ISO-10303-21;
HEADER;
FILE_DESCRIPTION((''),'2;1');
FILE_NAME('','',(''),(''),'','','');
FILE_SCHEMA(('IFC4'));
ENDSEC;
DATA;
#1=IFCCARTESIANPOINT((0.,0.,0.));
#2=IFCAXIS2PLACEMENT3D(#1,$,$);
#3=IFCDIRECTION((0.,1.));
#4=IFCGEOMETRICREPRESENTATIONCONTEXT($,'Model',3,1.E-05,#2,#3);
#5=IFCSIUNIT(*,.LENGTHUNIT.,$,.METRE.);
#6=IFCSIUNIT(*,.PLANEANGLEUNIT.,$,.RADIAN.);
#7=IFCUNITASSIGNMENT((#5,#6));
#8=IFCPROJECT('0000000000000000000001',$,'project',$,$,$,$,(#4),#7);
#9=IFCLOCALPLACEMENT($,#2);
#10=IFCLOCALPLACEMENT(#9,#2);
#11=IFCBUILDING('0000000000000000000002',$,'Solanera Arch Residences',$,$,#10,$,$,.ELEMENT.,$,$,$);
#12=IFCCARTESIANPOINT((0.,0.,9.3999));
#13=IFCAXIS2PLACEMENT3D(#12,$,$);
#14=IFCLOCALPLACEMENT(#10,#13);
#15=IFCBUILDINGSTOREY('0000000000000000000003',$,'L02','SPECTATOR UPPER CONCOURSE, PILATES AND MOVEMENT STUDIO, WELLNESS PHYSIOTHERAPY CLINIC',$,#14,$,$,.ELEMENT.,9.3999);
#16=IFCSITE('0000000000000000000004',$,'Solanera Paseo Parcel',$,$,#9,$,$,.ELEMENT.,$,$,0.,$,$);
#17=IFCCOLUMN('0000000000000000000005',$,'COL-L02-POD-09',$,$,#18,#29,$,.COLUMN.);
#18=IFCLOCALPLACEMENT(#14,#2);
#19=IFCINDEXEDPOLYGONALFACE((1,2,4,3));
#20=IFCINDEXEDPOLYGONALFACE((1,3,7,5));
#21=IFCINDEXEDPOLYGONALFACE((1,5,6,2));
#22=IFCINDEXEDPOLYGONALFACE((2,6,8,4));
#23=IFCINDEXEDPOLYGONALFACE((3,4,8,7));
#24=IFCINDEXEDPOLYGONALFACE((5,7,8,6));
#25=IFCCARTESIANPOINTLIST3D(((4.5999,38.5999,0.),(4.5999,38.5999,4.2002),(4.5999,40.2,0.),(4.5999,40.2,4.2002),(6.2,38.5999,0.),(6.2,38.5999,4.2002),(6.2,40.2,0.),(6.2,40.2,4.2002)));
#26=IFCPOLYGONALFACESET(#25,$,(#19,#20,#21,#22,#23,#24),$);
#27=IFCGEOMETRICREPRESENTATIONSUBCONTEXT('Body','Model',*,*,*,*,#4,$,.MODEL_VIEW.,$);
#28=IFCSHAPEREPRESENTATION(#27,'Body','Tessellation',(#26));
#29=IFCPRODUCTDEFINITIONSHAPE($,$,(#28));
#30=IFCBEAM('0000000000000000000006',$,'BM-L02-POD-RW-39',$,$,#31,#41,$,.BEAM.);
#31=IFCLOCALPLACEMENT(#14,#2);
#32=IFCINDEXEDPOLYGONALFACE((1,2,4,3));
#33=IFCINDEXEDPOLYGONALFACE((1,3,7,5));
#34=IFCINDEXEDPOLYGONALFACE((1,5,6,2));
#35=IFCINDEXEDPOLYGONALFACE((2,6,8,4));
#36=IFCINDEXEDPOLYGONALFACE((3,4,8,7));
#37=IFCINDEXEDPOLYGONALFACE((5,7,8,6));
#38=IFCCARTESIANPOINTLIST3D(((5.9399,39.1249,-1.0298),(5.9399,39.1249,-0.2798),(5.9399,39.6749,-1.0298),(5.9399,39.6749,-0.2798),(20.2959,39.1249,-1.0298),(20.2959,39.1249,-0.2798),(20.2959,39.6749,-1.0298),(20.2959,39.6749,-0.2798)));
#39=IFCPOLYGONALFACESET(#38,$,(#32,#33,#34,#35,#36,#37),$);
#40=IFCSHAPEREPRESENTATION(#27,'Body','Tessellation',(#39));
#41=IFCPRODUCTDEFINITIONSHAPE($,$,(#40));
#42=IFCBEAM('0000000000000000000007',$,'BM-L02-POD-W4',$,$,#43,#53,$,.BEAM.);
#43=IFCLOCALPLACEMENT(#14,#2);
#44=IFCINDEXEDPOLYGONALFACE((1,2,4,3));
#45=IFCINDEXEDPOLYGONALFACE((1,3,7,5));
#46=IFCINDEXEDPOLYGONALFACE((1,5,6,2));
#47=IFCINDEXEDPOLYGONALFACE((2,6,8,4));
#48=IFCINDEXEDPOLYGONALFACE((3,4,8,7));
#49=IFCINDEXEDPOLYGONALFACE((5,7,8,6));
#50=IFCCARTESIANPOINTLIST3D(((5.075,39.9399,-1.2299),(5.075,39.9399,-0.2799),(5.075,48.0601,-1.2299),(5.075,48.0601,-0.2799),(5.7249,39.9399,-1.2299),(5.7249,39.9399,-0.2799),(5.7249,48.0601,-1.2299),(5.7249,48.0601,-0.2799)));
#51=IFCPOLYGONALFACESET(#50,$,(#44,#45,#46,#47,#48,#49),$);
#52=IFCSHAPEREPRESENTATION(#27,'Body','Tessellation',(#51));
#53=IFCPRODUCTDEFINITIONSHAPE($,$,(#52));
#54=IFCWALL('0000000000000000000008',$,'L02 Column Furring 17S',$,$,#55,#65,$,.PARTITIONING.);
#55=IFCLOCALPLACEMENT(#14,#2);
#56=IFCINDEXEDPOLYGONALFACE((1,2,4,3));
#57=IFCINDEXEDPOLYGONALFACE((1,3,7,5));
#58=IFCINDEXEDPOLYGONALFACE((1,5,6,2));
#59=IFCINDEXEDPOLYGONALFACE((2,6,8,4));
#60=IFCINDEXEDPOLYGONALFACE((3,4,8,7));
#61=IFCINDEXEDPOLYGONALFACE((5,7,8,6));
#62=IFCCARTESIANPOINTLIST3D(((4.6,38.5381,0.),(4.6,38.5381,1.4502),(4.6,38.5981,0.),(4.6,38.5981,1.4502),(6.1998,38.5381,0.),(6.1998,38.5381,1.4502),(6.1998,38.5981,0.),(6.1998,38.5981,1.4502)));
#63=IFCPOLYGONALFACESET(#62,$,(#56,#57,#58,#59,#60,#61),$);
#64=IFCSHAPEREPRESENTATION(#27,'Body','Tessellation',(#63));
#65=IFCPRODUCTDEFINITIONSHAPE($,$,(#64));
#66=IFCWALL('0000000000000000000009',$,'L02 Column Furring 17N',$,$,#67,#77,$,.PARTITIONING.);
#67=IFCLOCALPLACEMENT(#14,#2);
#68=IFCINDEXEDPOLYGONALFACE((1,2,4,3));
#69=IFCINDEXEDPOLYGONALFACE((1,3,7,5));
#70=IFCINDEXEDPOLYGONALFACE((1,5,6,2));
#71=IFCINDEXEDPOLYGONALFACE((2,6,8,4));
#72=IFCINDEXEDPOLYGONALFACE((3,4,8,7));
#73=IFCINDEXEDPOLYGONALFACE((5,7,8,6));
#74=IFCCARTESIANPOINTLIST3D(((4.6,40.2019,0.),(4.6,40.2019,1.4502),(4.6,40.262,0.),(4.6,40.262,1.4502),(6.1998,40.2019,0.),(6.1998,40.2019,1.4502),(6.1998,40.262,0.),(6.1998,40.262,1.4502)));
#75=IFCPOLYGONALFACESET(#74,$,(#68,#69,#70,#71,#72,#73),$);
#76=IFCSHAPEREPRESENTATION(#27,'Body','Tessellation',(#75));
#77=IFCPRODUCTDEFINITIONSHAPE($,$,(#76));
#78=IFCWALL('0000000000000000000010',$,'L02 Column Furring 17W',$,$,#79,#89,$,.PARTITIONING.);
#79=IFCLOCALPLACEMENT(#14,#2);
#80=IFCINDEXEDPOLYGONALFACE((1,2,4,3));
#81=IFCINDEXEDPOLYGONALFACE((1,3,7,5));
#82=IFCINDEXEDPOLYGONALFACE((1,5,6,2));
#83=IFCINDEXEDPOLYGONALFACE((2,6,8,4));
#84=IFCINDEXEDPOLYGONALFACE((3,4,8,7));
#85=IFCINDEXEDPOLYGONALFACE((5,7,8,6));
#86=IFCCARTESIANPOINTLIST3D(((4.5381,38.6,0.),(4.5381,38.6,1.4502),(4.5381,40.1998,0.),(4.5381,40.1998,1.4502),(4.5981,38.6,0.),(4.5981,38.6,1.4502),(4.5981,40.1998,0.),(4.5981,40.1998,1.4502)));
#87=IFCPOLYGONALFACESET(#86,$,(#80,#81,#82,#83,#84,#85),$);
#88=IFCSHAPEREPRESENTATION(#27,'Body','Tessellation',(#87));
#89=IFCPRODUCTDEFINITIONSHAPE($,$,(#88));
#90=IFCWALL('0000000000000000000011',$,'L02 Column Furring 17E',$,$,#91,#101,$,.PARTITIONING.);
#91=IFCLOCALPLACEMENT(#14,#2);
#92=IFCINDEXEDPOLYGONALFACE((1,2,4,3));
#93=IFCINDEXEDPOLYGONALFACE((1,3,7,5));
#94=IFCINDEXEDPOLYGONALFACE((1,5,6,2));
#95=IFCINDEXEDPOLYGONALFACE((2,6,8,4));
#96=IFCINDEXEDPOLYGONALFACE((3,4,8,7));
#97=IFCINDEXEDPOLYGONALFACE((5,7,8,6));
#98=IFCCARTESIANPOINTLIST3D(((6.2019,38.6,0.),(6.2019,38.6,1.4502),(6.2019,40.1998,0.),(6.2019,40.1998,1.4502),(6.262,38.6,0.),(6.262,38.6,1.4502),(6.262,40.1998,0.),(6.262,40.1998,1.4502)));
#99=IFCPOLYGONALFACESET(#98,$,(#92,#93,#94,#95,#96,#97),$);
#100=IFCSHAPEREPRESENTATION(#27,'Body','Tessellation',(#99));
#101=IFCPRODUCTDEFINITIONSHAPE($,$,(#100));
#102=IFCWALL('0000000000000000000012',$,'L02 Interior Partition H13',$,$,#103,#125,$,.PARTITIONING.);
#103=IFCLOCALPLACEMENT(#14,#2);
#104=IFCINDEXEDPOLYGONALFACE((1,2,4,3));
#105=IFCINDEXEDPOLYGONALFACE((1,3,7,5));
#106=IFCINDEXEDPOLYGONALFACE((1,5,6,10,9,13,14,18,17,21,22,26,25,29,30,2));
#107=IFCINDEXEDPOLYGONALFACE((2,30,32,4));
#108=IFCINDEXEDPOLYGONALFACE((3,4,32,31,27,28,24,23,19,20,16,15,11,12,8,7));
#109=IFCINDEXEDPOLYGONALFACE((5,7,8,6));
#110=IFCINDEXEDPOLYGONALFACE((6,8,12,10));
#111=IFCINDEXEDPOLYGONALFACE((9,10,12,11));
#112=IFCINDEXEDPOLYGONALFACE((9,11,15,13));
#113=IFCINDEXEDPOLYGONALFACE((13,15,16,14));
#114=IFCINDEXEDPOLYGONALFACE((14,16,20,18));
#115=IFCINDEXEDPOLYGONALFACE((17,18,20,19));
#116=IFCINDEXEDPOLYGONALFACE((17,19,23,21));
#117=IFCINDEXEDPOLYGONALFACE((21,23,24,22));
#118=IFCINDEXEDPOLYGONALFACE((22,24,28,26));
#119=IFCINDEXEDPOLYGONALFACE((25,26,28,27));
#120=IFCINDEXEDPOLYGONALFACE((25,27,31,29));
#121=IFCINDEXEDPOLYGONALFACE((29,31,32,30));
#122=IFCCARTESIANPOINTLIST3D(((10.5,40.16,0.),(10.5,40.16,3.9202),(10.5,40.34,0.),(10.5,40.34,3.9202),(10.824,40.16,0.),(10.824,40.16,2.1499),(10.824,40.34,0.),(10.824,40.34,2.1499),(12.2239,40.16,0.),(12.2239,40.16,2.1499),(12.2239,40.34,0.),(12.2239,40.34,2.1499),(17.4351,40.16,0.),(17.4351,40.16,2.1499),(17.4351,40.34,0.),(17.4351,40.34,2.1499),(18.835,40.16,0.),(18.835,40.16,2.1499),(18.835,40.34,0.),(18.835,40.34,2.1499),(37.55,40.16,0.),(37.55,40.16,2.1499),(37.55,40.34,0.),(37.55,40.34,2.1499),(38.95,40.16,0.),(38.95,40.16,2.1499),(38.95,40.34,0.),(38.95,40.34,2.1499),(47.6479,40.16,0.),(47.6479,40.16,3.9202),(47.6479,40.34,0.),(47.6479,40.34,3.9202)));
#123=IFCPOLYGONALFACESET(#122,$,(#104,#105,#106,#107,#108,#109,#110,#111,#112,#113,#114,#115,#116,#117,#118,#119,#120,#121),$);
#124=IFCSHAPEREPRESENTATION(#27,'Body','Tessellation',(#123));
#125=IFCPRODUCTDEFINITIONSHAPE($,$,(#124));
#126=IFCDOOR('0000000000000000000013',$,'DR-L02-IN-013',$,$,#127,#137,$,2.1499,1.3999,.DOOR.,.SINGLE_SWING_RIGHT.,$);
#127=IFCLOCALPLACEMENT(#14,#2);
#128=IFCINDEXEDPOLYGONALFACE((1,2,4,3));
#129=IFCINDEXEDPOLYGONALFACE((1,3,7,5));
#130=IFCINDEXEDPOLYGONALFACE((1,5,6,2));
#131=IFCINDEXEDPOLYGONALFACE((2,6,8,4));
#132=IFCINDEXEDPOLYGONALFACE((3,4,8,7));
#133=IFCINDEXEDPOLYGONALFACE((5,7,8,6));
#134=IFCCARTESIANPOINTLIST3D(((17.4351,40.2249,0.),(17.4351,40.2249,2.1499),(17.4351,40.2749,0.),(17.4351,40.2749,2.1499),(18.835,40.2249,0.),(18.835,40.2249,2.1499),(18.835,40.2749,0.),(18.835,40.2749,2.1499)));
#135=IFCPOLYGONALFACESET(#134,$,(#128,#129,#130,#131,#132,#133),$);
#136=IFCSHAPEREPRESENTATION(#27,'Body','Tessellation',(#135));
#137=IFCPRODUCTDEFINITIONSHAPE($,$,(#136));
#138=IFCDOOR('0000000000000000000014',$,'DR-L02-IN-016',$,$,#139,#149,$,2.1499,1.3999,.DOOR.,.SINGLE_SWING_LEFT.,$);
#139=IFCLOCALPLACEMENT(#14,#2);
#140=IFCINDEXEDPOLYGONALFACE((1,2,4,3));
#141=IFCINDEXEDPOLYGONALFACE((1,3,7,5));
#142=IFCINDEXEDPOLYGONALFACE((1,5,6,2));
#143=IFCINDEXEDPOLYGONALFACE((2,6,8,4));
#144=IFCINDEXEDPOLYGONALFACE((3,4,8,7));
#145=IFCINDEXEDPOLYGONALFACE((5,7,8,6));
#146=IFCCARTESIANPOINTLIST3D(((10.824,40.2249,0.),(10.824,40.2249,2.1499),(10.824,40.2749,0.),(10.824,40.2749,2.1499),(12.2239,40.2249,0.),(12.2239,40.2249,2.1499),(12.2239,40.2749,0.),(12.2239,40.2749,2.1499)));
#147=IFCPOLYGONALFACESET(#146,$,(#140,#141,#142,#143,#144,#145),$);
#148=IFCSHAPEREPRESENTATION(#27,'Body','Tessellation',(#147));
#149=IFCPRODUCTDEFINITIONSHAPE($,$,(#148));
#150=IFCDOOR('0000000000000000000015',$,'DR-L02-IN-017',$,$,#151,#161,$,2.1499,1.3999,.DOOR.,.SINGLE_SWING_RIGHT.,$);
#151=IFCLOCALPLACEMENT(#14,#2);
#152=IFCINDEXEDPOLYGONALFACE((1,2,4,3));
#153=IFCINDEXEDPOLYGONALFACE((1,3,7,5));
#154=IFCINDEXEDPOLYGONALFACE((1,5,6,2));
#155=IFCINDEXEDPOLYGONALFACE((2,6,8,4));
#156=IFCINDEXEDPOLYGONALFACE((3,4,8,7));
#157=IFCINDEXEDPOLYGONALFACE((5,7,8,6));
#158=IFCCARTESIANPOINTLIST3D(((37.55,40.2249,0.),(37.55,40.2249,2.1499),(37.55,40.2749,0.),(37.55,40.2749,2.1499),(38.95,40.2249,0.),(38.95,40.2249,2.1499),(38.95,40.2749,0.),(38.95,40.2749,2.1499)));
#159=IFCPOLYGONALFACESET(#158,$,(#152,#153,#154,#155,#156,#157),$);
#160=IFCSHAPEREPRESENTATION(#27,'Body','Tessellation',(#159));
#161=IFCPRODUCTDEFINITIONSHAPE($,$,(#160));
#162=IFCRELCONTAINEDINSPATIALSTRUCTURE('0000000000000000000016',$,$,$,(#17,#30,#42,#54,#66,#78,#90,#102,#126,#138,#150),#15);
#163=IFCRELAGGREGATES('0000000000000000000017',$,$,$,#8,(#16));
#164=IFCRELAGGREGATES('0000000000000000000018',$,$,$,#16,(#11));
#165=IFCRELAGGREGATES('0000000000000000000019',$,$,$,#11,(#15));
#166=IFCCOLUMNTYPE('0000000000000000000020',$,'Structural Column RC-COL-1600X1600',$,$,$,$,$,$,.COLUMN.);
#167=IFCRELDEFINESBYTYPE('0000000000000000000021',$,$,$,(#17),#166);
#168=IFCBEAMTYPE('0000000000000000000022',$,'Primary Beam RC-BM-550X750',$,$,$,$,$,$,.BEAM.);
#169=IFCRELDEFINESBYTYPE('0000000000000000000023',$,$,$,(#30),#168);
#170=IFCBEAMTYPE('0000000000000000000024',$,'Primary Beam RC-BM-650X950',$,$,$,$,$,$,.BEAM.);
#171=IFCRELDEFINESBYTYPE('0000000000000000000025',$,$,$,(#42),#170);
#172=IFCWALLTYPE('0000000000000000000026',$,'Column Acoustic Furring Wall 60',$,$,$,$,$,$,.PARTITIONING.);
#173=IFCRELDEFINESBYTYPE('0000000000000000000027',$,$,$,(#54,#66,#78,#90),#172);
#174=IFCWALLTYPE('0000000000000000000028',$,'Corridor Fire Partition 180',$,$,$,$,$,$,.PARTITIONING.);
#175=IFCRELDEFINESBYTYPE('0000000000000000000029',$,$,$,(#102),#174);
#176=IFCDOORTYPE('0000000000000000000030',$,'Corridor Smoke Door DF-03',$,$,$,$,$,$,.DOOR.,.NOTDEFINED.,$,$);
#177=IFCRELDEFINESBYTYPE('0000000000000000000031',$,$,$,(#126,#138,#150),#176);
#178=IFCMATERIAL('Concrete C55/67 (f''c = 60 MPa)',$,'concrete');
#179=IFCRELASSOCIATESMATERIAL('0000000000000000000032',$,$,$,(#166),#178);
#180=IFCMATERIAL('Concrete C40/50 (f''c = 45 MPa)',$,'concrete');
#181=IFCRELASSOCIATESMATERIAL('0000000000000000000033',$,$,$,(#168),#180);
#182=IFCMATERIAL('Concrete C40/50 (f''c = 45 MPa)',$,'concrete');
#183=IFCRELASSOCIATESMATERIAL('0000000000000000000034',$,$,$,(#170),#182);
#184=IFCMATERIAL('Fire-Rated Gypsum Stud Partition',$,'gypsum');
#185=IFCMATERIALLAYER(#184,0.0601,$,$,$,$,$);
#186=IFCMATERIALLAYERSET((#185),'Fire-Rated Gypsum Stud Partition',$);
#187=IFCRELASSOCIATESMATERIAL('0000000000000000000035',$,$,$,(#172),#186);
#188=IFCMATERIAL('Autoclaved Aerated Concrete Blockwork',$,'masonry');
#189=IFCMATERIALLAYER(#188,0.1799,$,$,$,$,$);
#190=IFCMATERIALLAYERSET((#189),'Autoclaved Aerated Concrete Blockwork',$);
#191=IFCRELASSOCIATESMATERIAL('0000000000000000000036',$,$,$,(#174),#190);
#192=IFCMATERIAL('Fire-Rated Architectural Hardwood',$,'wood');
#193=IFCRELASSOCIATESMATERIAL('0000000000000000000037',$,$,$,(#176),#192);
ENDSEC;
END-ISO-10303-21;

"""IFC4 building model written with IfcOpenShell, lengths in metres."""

from ifc_helpers import new_model, si_unit, direction, frame, frame_2d, origin, origin_2d, place, context, subcontext, project, spatial, rectangle, extrude, material, layer, layer_set, material_profile, profile_set, type_object, element, fill, save


model = new_model("IFC4")

# Units and contexts
model_context = context("Model", 3, precision=1e-05, world=origin(), true_north=direction((0.0, 1.0)))
body_context = subcontext(model_context, "Body", "Model", "MODEL_VIEW")
ifc_project = project(units=[si_unit("LENGTHUNIT", "METRE"), si_unit("PLANEANGLEUNIT", "RADIAN")], contexts=[model_context])

# Site, building, storey
site_placement = place(None, origin())
site = spatial("IfcSite", under=ifc_project, at=site_placement, Name="Solanera Paseo Parcel", CompositionType="ELEMENT", RefElevation=0.0)
building_placement = place(site_placement, origin())
building = spatial("IfcBuilding", under=site, at=building_placement, Name="Solanera Arch Residences", CompositionType="ELEMENT")
storey_placement = place(building_placement, frame((0.0, 0.0, 9.3999)))
storey = spatial("IfcBuildingStorey", under=building, at=storey_placement, Name="L02", Description="SPECTATOR UPPER CONCOURSE, PILATES AND MOVEMENT STUDIO, WELLNESS PHYSIOTHERAPY CLINIC", CompositionType="ELEMENT", Elevation=9.3999)

# Column
ifc_material_1 = material(Name="Concrete C55/67 (f'c = 60 MPa)", Category="concrete")
ifc_material_profile_1 = material_profile(ifc_material_1, rectangle(XDim=1.6001, YDim=1.6001, at=origin_2d()))
ifc_profile_set_1 = profile_set([ifc_material_profile_1], Name="Concrete C55/67 (f'c = 60 MPa)")
column_type = type_object("IfcColumnType", Name="Structural Column RC-COL-1600X1600", PredefinedType="COLUMN", material=ifc_profile_set_1)
column_placement = place(storey_placement, frame((5.3999, 39.3999, 0.0), z_axis=(0.0, 0.0, 1.0), x_axis=(1.0, 0.0, 0.0)))
element("IfcColumn", 1, at=column_placement, inside=storey, type_object=column_type, Name="COL-L02-POD-09", PredefinedType="COLUMN", context=body_context, shape_type="SweptSolid", body=[
    extrude(rectangle(XDim=1.6001, YDim=1.6001, at=origin_2d()), origin(), (0.0, 0.0, 1.0), 4.2002),
])

# Beams
ifc_material_2 = material(Name="Concrete C40/50 (f'c = 45 MPa)", Category="concrete")
ifc_material_profile_2 = material_profile(ifc_material_2, rectangle(XDim=0.55, YDim=0.75, at=origin_2d()))
ifc_profile_set_2 = profile_set([ifc_material_profile_2], Name="Concrete C40/50 (f'c = 45 MPa)")
beam_type_1 = type_object("IfcBeamType", Name="Primary Beam RC-BM-550X750", PredefinedType="BEAM", material=ifc_profile_set_2)
beam_1_placement = place(storey_placement, frame((5.9399, 39.3999, -0.6548), z_axis=(1.0, 0.0, 0.0), x_axis=(0.0, 1.0, 0.0)))
element("IfcBeam", 2, at=beam_1_placement, inside=storey, type_object=beam_type_1, Name="BM-L02-POD-RW-39", PredefinedType="BEAM", context=body_context, shape_type="SweptSolid", body=[
    extrude(rectangle(XDim=0.55, YDim=0.75, at=origin_2d()), origin(), (0.0, 0.0, 1.0), 14.356),
])
ifc_material_3 = material(Name="Concrete C40/50 (f'c = 45 MPa)", Category="concrete")
ifc_material_profile_3 = material_profile(ifc_material_3, rectangle(XDim=0.6499, YDim=0.95, at=origin_2d()))
ifc_profile_set_3 = profile_set([ifc_material_profile_3], Name="Concrete C40/50 (f'c = 45 MPa)")
beam_type_2 = type_object("IfcBeamType", Name="Primary Beam RC-BM-650X950", PredefinedType="BEAM", material=ifc_profile_set_3)
beam_2_placement = place(storey_placement, frame((5.3999, 39.9399, -0.7549), z_axis=(0.0, 1.0, 0.0), x_axis=(-1.0, 0.0, 0.0)))
element("IfcBeam", 3, at=beam_2_placement, inside=storey, type_object=beam_type_2, Name="BM-L02-POD-W4", PredefinedType="BEAM", context=body_context, shape_type="SweptSolid", body=[
    extrude(rectangle(XDim=0.6499, YDim=0.95, at=origin_2d()), origin(), (0.0, 0.0, 1.0), 8.1201),
])

# Walls
ifc_material_4 = material(Name="Fire-Rated Gypsum Stud Partition", Category="gypsum")
ifc_layer_1 = layer(ifc_material_4, 0.0601)
ifc_layer_set_1 = layer_set([ifc_layer_1], Name="Fire-Rated Gypsum Stud Partition")
wall_type_1 = type_object("IfcWallType", Name="Column Acoustic Furring Wall 60", PredefinedType="PARTITIONING", material=ifc_layer_set_1)
for number, where, z_axis, x_axis, name in (
    (4, (4.6001, 38.5681, 0.0), (0.0, 0.0, 1.0), (1.0, 0.0, 0.0), "L02 Column Furring 17S"),
    (5, (4.6001, 40.2319, 0.0), (0.0, 0.0, 1.0), (1.0, 0.0, 0.0), "L02 Column Furring 17N"),
    (6, (4.5681, 38.6001, 0.0), (0.0, 0.0, 1.0), (0.0, 1.0, 0.0), "L02 Column Furring 17W"),
    (7, (6.2319, 38.6001, 0.0), (0.0, 0.0, 1.0), (0.0, 1.0, 0.0), "L02 Column Furring 17E"),
):
    element("IfcWall", number, at=place(storey_placement, frame(where, z_axis=z_axis, x_axis=x_axis)), inside=storey, type_object=wall_type_1, Name=name, PredefinedType="PARTITIONING", context=body_context, shape_type="SweptSolid", body=[
        extrude(rectangle(XDim=1.5999, YDim=0.0601, at=frame_2d((0.7998, 0.0))), origin(), (0.0, 0.0, 1.0), 1.4502),
    ])

# Wall, openings, doors
ifc_material_5 = material(Name="Autoclaved Aerated Concrete Blockwork", Category="masonry")
ifc_layer_2 = layer(ifc_material_5, 0.1799)
ifc_layer_set_2 = layer_set([ifc_layer_2], Name="Autoclaved Aerated Concrete Blockwork")
wall_type_2 = type_object("IfcWallType", Name="Corridor Fire Partition 180", PredefinedType="PARTITIONING", material=ifc_layer_set_2)
wall_1_placement = place(storey_placement, frame((10.5, 40.25, 0.0), z_axis=(0.0, 0.0, 1.0), x_axis=(1.0, 0.0, 0.0)))
wall_1 = element("IfcWall", 8, at=wall_1_placement, inside=storey, type_object=wall_type_2, Name="L02 Interior Partition H13", PredefinedType="PARTITIONING", context=body_context, shape_type="SweptSolid", body=[
    extrude(rectangle(XDim=37.1479, YDim=0.1799, at=frame_2d((18.574, 0.0))), origin(), (0.0, 0.0, 1.0), 3.9202),
])
opening_1_placement = place(wall_1_placement, frame((6.9351, 0.0, 0.0)))
opening_1 = element("IfcOpeningElement", 9, at=opening_1_placement, cuts=wall_1, PredefinedType="OPENING", context=body_context, shape_type="SweptSolid", body=[
    extrude(rectangle(XDim=1.3999, YDim=2.1499, at=frame_2d((0.7, 1.075))), frame((0.0, 0.1001, 0.0), z_axis=(0.0, -1.0, 0.0), x_axis=(1.0, 0.0, 0.0)), (0.0, 0.0, 1.0), 0.1999),
])
opening_2_placement = place(wall_1_placement, frame((0.324, 0.0, 0.0)))
opening_2 = element("IfcOpeningElement", 10, at=opening_2_placement, cuts=wall_1, PredefinedType="OPENING", context=body_context, shape_type="SweptSolid", body=[
    extrude(rectangle(XDim=1.3999, YDim=2.1499, at=frame_2d((0.7, 1.075))), frame((0.0, 0.1001, 0.0), z_axis=(0.0, -1.0, 0.0), x_axis=(1.0, 0.0, 0.0)), (0.0, 0.0, 1.0), 0.1999),
])
opening_3_placement = place(wall_1_placement, frame((27.05, 0.0, 0.0)))
opening_3 = element("IfcOpeningElement", 11, at=opening_3_placement, cuts=wall_1, PredefinedType="OPENING", context=body_context, shape_type="SweptSolid", body=[
    extrude(rectangle(XDim=1.3999, YDim=2.1499, at=frame_2d((0.7, 1.075))), frame((0.0, 0.1001, 0.0), z_axis=(0.0, -1.0, 0.0), x_axis=(1.0, 0.0, 0.0)), (0.0, 0.0, 1.0), 0.1999),
])
ifc_material_6 = material(Name="Fire-Rated Architectural Hardwood", Category="wood")
door_type_1 = type_object("IfcDoorType", Name="Corridor Smoke Door DF-03", OperationType="NOTDEFINED", PredefinedType="DOOR", material=ifc_material_6)
door_1_placement = place(opening_1_placement, origin())
door_1 = element("IfcDoor", 12, at=door_1_placement, inside=storey, type_object=door_type_1, Name="DR-L02-IN-013", OperationType="SINGLE_SWING_RIGHT", OverallHeight=2.1499, OverallWidth=1.3999, PredefinedType="DOOR", context=body_context, shape_type="SweptSolid", body=[
    extrude(rectangle(XDim=1.3999, YDim=2.1499, at=frame_2d((0.7, 1.075))), frame((0.0, 0.0249, 0.0), z_axis=(0.0, -1.0, 0.0), x_axis=(1.0, 0.0, 0.0)), (0.0, 0.0, 1.0), 0.05),
])
fill(opening_1, door_1)
door_2_placement = place(opening_2_placement, origin())
door_2 = element("IfcDoor", 13, at=door_2_placement, inside=storey, type_object=door_type_1, Name="DR-L02-IN-016", OperationType="SINGLE_SWING_LEFT", OverallHeight=2.1499, OverallWidth=1.3999, PredefinedType="DOOR", context=body_context, shape_type="SweptSolid", body=[
    extrude(rectangle(XDim=1.3999, YDim=2.1499, at=frame_2d((0.7, 1.075))), frame((0.0, 0.0249, 0.0), z_axis=(0.0, -1.0, 0.0), x_axis=(1.0, 0.0, 0.0)), (0.0, 0.0, 1.0), 0.05),
])
fill(opening_2, door_2)
door_3_placement = place(opening_3_placement, origin())
door_3 = element("IfcDoor", 14, at=door_3_placement, inside=storey, type_object=door_type_1, Name="DR-L02-IN-017", OperationType="SINGLE_SWING_RIGHT", OverallHeight=2.1499, OverallWidth=1.3999, PredefinedType="DOOR", context=body_context, shape_type="SweptSolid", body=[
    extrude(rectangle(XDim=1.3999, YDim=2.1499, at=frame_2d((0.7, 1.075))), frame((0.0, 0.0249, 0.0), z_axis=(0.0, -1.0, 0.0), x_axis=(1.0, 0.0, 0.0)), (0.0, 0.0, 1.0), 0.05),
])
fill(opening_3, door_3)

save(model, "model.ifc")
